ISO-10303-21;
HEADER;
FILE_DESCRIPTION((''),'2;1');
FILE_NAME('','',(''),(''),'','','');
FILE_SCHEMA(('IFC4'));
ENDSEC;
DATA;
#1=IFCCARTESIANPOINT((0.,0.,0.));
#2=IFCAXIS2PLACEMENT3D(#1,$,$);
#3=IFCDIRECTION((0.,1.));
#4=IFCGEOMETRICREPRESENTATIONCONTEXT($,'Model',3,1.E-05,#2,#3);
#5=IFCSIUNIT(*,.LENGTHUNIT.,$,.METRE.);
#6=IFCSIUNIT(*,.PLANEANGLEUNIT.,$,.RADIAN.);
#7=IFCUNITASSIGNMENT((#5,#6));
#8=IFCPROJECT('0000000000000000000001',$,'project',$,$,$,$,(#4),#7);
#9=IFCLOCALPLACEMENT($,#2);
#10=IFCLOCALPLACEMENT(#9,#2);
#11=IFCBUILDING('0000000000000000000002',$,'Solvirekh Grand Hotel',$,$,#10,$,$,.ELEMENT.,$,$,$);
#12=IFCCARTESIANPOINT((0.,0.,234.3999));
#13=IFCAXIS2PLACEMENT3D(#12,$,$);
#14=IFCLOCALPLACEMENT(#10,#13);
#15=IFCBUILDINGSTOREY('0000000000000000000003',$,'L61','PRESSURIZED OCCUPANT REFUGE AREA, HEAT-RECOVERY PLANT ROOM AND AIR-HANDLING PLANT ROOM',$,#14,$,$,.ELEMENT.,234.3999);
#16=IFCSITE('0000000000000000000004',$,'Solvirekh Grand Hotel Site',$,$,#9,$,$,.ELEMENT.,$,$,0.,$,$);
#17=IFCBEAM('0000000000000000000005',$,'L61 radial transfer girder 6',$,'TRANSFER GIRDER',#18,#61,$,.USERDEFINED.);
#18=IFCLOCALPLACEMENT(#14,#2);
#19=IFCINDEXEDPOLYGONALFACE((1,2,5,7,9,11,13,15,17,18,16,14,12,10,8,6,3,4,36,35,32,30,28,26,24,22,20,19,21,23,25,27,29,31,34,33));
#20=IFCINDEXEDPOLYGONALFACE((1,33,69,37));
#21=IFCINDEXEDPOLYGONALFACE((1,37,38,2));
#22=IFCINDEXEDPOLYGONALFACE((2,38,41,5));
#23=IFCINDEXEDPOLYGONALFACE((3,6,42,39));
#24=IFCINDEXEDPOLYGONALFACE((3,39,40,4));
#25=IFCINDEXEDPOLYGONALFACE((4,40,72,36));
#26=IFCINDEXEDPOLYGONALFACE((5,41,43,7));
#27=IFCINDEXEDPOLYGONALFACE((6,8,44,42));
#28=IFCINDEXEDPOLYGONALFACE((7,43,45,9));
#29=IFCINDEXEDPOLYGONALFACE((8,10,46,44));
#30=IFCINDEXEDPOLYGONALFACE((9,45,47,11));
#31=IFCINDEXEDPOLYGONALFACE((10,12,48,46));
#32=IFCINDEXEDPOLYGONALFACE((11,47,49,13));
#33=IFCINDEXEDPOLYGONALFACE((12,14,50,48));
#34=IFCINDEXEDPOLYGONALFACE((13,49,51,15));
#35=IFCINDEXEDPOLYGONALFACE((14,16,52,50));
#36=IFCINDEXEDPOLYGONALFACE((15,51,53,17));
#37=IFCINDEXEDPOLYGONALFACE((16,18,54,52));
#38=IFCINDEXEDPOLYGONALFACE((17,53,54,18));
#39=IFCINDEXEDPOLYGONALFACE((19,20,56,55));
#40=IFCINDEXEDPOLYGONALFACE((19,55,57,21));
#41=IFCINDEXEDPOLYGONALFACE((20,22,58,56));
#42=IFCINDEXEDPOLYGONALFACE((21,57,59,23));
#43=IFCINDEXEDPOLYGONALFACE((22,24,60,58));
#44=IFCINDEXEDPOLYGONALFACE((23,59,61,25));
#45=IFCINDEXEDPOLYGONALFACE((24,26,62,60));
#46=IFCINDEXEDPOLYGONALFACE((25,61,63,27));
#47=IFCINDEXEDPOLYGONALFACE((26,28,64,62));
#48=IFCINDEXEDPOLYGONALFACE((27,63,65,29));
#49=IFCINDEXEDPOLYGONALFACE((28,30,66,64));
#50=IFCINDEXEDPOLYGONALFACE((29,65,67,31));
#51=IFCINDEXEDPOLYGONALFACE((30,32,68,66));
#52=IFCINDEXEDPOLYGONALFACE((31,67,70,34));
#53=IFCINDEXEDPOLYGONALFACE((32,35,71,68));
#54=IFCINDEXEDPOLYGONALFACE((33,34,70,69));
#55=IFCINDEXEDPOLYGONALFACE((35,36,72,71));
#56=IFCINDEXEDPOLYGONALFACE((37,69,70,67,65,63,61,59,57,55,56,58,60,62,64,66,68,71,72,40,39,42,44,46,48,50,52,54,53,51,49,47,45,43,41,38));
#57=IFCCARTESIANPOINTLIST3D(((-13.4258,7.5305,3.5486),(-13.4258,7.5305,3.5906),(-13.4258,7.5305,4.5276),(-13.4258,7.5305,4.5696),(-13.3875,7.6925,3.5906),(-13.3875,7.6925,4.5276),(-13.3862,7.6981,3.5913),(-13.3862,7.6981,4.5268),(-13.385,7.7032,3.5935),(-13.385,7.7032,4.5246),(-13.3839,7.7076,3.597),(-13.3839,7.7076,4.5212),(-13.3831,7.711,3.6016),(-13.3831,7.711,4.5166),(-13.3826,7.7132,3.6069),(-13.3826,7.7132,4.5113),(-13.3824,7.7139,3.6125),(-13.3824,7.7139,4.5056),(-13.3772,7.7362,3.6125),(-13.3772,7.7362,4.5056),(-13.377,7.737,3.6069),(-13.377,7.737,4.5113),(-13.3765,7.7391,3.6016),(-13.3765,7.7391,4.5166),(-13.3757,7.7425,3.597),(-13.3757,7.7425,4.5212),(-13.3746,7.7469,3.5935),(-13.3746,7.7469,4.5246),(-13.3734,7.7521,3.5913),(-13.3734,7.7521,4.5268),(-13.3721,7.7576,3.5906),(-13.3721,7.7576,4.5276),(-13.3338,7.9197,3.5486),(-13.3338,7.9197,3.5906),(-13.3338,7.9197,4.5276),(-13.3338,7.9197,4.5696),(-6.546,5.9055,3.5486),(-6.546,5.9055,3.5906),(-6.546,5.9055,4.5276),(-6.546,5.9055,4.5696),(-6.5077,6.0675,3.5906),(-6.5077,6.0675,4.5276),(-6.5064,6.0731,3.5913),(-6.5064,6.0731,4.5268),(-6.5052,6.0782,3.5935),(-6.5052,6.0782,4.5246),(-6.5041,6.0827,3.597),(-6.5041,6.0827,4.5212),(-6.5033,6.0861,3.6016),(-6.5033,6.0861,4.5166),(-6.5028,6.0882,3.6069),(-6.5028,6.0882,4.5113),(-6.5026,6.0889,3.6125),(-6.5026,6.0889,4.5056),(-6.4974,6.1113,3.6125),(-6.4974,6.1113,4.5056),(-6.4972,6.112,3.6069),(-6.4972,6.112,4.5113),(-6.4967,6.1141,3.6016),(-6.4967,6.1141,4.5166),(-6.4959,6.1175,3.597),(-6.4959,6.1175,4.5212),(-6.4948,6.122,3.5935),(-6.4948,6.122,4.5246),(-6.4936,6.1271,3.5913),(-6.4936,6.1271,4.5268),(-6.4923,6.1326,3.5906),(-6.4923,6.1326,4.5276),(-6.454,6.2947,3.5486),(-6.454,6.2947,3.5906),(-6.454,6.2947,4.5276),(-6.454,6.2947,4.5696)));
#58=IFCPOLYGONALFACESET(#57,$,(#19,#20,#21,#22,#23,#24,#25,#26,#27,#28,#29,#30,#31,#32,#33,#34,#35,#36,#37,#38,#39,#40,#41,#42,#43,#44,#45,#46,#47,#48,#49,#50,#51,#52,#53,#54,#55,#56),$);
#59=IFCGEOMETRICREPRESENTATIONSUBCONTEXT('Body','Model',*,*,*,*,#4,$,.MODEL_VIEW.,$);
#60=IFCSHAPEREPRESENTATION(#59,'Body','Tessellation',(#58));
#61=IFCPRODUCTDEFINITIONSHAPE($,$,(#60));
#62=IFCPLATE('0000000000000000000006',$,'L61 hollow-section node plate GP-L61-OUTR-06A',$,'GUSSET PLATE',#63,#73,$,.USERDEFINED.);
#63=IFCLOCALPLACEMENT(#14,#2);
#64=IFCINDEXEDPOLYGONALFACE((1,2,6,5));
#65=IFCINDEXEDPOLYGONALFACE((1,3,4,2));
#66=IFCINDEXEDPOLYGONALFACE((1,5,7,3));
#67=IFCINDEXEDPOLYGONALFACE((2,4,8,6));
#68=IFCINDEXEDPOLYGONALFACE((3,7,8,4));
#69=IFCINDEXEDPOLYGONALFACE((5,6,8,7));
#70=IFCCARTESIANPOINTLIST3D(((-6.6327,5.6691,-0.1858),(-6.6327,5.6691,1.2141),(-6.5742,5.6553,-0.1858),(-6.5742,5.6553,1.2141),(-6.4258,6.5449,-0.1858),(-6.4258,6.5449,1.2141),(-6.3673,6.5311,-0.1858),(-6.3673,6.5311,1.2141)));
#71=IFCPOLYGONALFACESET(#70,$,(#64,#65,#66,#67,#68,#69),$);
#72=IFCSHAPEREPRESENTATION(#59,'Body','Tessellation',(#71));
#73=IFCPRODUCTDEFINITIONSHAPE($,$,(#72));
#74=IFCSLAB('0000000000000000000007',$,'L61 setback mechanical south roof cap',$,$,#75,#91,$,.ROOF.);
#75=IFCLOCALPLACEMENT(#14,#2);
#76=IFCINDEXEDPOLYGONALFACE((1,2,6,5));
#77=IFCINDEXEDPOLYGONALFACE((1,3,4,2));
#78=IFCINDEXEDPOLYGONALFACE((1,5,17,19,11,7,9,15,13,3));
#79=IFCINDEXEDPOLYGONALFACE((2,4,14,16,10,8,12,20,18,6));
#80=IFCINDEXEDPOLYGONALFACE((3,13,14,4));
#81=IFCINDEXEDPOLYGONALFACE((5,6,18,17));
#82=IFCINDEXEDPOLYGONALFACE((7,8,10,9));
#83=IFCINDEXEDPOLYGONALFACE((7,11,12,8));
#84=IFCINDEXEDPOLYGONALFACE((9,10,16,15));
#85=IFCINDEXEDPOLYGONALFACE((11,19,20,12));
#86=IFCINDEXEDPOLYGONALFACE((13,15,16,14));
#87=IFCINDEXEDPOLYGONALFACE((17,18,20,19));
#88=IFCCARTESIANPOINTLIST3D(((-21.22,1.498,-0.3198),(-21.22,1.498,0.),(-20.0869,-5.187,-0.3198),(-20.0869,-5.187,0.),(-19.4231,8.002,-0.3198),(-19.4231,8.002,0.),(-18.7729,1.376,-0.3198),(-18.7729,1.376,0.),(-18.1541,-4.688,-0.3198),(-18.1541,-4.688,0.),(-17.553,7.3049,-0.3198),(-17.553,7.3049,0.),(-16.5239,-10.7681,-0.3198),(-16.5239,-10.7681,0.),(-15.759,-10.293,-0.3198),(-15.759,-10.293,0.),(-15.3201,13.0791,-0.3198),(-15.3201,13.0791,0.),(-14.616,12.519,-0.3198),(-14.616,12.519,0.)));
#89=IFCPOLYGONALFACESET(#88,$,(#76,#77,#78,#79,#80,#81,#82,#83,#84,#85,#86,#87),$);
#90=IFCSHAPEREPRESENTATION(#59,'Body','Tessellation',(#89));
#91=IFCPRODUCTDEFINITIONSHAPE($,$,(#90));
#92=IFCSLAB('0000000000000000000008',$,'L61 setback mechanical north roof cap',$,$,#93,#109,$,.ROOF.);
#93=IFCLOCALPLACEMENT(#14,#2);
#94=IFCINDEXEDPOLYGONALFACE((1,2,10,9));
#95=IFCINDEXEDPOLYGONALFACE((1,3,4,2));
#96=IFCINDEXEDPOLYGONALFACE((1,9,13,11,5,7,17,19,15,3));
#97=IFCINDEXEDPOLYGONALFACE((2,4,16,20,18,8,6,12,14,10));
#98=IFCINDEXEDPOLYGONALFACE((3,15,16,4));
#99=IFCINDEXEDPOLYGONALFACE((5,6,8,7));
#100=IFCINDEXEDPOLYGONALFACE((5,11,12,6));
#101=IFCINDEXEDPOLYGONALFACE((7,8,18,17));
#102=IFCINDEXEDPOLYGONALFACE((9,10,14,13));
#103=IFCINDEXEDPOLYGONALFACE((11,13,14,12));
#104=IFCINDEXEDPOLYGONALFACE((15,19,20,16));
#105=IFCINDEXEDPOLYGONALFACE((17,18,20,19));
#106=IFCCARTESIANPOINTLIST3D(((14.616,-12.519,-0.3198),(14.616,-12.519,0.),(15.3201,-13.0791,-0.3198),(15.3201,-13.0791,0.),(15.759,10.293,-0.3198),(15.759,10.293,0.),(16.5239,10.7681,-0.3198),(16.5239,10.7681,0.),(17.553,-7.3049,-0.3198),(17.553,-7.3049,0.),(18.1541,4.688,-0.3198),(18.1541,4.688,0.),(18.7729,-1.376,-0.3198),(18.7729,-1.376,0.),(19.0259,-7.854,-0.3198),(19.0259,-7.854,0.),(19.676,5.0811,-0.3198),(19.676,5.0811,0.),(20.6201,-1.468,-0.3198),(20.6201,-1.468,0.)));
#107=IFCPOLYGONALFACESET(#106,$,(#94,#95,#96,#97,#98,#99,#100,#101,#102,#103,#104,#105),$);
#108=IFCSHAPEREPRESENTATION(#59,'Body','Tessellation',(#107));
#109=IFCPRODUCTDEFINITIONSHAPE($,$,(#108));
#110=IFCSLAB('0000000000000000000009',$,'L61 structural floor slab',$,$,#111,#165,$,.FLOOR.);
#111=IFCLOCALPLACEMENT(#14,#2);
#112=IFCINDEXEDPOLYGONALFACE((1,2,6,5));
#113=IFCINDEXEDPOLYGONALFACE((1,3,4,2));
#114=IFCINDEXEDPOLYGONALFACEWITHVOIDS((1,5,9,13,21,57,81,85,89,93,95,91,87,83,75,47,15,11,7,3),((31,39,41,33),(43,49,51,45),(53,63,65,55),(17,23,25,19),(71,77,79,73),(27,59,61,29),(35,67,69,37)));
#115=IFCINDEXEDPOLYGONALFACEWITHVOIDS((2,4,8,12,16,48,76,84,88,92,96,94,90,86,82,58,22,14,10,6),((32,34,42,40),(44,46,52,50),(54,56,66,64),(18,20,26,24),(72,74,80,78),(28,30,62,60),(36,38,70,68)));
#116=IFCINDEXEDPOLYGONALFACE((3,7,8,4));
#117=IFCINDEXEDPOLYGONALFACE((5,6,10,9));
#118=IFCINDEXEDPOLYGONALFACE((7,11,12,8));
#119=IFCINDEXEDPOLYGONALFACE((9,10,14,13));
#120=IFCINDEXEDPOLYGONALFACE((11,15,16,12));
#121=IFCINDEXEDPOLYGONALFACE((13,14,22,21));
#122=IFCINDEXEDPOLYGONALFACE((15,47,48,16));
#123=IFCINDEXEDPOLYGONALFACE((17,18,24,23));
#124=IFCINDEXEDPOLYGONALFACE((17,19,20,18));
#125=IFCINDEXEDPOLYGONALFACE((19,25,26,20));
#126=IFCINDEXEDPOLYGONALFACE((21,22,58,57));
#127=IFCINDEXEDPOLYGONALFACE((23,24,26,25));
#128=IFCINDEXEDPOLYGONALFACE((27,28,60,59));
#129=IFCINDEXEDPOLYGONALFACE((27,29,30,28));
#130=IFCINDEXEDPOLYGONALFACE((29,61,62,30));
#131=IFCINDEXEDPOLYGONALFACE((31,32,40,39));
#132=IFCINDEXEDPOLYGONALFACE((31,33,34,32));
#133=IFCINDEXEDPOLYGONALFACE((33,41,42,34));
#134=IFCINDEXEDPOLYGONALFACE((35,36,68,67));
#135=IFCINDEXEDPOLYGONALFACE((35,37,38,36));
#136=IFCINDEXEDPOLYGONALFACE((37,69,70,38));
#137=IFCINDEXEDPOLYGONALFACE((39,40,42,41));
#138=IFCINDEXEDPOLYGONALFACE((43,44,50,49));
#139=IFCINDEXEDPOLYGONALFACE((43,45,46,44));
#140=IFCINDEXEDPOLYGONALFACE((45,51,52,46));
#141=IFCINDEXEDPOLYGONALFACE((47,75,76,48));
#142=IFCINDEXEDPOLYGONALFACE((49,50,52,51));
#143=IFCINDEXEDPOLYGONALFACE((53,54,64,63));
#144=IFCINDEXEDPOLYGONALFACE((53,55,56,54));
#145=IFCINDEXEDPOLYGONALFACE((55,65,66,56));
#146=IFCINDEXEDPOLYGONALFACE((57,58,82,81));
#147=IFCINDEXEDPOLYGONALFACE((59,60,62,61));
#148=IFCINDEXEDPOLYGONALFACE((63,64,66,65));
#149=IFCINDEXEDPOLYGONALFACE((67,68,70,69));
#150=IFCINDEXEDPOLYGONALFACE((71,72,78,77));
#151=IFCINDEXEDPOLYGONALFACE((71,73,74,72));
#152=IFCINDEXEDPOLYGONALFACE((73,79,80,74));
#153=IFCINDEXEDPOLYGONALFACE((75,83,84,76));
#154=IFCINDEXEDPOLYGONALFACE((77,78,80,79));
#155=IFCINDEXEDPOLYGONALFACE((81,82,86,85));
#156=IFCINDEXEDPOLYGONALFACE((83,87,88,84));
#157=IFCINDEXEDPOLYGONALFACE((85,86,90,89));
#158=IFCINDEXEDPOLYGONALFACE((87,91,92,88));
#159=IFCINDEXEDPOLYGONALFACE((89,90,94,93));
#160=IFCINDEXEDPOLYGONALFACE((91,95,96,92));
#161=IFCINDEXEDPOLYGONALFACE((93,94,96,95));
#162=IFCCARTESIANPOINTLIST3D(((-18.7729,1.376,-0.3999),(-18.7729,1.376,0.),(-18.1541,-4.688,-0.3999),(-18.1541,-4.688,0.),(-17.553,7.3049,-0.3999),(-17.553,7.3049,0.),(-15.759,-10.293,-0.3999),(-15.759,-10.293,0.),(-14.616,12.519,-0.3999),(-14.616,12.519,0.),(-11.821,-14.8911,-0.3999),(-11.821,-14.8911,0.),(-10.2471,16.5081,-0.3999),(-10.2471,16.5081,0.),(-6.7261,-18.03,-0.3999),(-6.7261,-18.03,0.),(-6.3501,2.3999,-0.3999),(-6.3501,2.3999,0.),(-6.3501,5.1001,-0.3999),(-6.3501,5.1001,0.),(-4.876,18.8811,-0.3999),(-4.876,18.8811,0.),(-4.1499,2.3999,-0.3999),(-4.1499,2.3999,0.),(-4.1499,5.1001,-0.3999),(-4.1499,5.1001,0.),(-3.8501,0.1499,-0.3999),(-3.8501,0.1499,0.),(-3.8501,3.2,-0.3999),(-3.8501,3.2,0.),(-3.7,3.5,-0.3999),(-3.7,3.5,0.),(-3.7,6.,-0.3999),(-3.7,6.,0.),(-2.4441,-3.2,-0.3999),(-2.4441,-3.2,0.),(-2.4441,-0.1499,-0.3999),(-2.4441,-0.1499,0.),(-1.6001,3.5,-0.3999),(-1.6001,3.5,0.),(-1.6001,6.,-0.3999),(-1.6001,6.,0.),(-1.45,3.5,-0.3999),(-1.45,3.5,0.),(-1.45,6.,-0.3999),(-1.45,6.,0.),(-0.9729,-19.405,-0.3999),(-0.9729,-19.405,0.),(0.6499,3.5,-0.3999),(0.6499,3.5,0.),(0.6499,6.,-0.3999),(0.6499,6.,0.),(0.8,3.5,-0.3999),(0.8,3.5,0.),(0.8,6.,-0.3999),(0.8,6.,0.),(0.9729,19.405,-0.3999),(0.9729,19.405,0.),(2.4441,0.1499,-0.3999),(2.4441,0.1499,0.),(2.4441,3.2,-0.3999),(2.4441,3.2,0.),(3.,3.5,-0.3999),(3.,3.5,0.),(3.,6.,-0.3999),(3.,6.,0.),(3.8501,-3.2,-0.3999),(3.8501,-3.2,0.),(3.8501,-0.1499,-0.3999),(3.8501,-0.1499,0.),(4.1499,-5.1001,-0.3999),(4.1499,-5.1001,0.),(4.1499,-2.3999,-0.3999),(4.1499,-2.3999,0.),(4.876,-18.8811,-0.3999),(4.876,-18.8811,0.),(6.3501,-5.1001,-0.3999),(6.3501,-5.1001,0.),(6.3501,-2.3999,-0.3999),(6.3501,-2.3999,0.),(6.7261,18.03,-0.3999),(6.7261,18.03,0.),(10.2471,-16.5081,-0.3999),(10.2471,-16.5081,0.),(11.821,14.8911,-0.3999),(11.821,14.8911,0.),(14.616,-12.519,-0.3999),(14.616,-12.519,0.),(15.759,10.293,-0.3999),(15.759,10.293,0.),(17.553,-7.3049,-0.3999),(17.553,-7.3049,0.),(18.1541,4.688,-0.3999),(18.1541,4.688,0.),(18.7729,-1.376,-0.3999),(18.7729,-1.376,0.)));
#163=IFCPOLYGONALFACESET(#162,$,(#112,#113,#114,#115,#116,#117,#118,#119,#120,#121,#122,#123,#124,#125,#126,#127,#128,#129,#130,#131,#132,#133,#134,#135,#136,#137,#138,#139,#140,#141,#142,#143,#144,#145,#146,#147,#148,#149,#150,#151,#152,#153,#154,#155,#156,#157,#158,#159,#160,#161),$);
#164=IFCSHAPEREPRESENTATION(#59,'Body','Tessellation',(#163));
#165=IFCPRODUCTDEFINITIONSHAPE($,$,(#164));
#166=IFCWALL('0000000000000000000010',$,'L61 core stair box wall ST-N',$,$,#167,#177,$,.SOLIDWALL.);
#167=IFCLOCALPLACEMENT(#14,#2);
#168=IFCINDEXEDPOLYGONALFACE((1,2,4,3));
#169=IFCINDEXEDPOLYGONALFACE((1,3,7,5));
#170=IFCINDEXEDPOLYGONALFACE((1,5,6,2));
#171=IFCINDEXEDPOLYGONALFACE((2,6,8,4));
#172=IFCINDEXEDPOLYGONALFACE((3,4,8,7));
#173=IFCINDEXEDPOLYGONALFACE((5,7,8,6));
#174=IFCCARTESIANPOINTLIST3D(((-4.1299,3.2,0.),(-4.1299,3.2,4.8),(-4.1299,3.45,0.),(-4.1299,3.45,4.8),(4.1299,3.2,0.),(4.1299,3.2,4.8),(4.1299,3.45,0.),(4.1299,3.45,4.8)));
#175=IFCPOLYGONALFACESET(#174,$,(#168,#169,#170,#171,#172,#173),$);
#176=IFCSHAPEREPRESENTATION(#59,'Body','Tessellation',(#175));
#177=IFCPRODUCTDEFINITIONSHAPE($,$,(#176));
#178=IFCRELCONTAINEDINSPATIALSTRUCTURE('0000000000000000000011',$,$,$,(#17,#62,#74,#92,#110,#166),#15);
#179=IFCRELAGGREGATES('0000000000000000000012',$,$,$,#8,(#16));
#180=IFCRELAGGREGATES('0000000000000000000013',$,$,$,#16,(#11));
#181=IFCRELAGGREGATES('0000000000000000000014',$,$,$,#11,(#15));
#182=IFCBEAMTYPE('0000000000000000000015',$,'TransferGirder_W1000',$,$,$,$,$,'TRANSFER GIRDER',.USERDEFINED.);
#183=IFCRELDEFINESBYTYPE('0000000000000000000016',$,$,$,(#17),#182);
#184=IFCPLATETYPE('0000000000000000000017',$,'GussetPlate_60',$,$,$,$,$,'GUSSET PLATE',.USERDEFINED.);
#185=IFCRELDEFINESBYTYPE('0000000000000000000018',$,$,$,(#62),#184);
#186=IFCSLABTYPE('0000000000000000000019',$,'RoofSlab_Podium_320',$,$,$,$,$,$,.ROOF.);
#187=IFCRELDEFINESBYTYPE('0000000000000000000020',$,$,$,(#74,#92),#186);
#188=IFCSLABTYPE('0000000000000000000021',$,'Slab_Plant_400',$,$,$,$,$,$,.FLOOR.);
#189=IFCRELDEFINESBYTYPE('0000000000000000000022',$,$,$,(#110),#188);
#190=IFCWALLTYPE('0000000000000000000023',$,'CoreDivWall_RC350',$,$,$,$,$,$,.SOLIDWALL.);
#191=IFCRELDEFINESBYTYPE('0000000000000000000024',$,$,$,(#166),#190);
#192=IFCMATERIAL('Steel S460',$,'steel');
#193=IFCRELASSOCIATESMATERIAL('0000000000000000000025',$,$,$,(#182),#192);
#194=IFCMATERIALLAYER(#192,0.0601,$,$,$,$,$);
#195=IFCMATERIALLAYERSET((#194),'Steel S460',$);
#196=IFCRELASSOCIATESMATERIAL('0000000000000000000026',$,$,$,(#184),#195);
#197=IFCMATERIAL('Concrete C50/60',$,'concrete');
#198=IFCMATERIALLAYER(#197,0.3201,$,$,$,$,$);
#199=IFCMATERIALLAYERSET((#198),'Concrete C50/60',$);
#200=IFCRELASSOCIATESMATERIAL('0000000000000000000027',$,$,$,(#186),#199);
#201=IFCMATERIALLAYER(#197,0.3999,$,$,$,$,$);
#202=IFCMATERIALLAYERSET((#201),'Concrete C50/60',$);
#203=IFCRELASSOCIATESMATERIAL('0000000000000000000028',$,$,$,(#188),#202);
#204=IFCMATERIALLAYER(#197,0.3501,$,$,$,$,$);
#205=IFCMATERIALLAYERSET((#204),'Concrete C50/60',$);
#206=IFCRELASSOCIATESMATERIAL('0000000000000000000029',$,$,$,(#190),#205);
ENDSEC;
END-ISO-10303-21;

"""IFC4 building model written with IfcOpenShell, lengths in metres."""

from ifc_helpers import new_model, si_unit, direction, frame, frame_2d, origin, origin_2d, place, context, subcontext, project, spatial, polyline, rectangle, i_section, outline, extrude, material, layer, layer_set, material_profile, profile_set, type_object, element, save


model = new_model("IFC4")

# Units and contexts
model_context = context("Model", 3, precision=1e-05, world=origin(), true_north=direction((0.0, 1.0)))
body_context = subcontext(model_context, "Body", "Model", "MODEL_VIEW")
ifc_project = project(units=[si_unit("LENGTHUNIT", "METRE"), si_unit("PLANEANGLEUNIT", "RADIAN")], contexts=[model_context])

# Site, building, storey
site_placement = place(None, origin())
site = spatial("IfcSite", under=ifc_project, at=site_placement, Name="Solvirekh Grand Hotel Site", CompositionType="ELEMENT", RefElevation=0.0)
building_placement = place(site_placement, origin())
building = spatial("IfcBuilding", under=site, at=building_placement, Name="Solvirekh Grand Hotel", CompositionType="ELEMENT")
storey_placement = place(building_placement, frame((0.0, 0.0, 234.3999)))
storey = spatial("IfcBuildingStorey", under=building, at=storey_placement, Name="L61", Description="PRESSURIZED OCCUPANT REFUGE AREA, HEAT-RECOVERY PLANT ROOM AND AIR-HANDLING PLANT ROOM", CompositionType="ELEMENT", Elevation=234.3999)

# Shared definitions
ifc_material_1 = material(Name="Concrete C50/60", Category="concrete")

# Shared definitions
ifc_material_2 = material(Name="Steel S460", Category="steel")

# Beam
ifc_material_profile_1 = material_profile(ifc_material_2, i_section(OverallWidth=0.3999, OverallDepth=1.021, WebThickness=0.0229, FlangeThickness=0.042, FilletRadius=0.022, at=origin_2d()), Name="W1000X412")
ifc_profile_set_1 = profile_set([ifc_material_profile_1], Name="Steel S460")
beam_type_1 = type_object("IfcBeamType", Name="TransferGirder_W1000", ElementType="TRANSFER GIRDER", PredefinedType="USERDEFINED", material=ifc_profile_set_1)
beam_1_placement = place(storey_placement, frame((-6.5, 6.1001, 4.0591), z_axis=(-0.973221, 0.229871, 0.0), x_axis=(-0.229871, -0.973221, 0.0)))
element("IfcBeam", 1, at=beam_1_placement, inside=storey, type_object=beam_type_1, Name="L61 radial transfer girder 6", ObjectType="TRANSFER GIRDER", PredefinedType="USERDEFINED", context=body_context, shape_type="SweptSolid", body=[
    extrude(i_section(OverallWidth=0.3999, OverallDepth=1.021, WebThickness=0.0229, FlangeThickness=0.042, FilletRadius=0.022, at=origin_2d()), origin(), (0.0, 0.0, 1.0), 7.0691),
])

# Plate
ifc_layer_1 = layer(ifc_material_2, 0.0601)
ifc_layer_set_1 = layer_set([ifc_layer_1], Name="Steel S460")
plate_type = type_object("IfcPlateType", Name="GussetPlate_60", ElementType="GUSSET PLATE", PredefinedType="USERDEFINED", material=ifc_layer_set_1)
plate_placement = place(storey_placement, frame((-6.5, 6.1001, -0.1858), z_axis=(0.0, 0.0, 1.0), x_axis=(-0.973219, 0.22988, 0.0)))
element("IfcPlate", 2, at=plate_placement, inside=storey, type_object=plate_type, Name="L61 hollow-section node plate GP-L61-OUTR-06A", ObjectType="GUSSET PLATE", PredefinedType="USERDEFINED", context=body_context, shape_type="SweptSolid", body=[
    extrude(rectangle(XDim=0.0601, YDim=0.8999, at=origin_2d()), origin(), (0.0, 0.0, 1.0), 1.3999),
])

# Slabs
ifc_layer_2 = layer(ifc_material_1, 0.3201)
ifc_layer_set_2 = layer_set([ifc_layer_2], Name="Concrete C50/60")
slab_type_1 = type_object("IfcSlabType", Name="RoofSlab_Podium_320", PredefinedType="ROOF", material=ifc_layer_set_2)
slab_1_placement = place(storey_placement, frame((0.0, 0.0, -0.3198)))
element("IfcSlab", 3, at=slab_1_placement, inside=storey, type_object=slab_type_1, Name="L61 setback mechanical south roof cap", PredefinedType="ROOF", context=body_context, shape_type="SweptSolid", body=[
    extrude(outline(polyline([(-15.3201, 13.0791), (-19.4231, 8.002), (-21.22, 1.498), (-20.0869, -5.187), (-16.5239, -10.7681), (-15.759, -10.293), (-18.1541, -4.688), (-18.7729, 1.376), (-17.553, 7.3049), (-14.616, 12.519), (-15.3201, 13.0791)])), origin(), (0.0, 0.0, 1.0), 0.3198),
])
slab_2_placement = place(storey_placement, frame((0.0, 0.0, -0.3198)))
element("IfcSlab", 4, at=slab_2_placement, inside=storey, type_object=slab_type_1, Name="L61 setback mechanical north roof cap", PredefinedType="ROOF", context=body_context, shape_type="SweptSolid", body=[
    extrude(outline(polyline([(15.3201, -13.0791), (19.0259, -7.854), (20.6201, -1.468), (19.676, 5.0811), (16.5239, 10.7681), (15.759, 10.293), (18.1541, 4.688), (18.7729, -1.376), (17.553, -7.3049), (14.616, -12.519), (15.3201, -13.0791)])), origin(), (0.0, 0.0, 1.0), 0.3198),
])
ifc_layer_3 = layer(ifc_material_1, 0.3999)
ifc_layer_set_3 = layer_set([ifc_layer_3], Name="Concrete C50/60")
slab_type_2 = type_object("IfcSlabType", Name="Slab_Plant_400", PredefinedType="FLOOR", material=ifc_layer_set_3)
slab_3_placement = place(storey_placement, frame((0.0, 0.0, -0.3999)))
element("IfcSlab", 5, at=slab_3_placement, inside=storey, type_object=slab_type_2, Name="L61 structural floor slab", PredefinedType="FLOOR", context=body_context, shape_type="SweptSolid", body=[
    extrude(outline(polyline([(4.876, -18.8811), (10.2471, -16.5081), (14.616, -12.519), (17.553, -7.3049), (18.7729, -1.376), (18.1541, 4.688), (15.759, 10.293), (11.821, 14.8911), (6.7261, 18.03), (0.9729, 19.405), (-4.876, 18.8811), (-10.2471, 16.5081), (-14.616, 12.519), (-17.553, 7.3049), (-18.7729, 1.376), (-18.1541, -4.688), (-15.759, -10.293), (-11.821, -14.8911), (-6.7261, -18.03), (-0.9729, -19.405), (4.876, -18.8811)]), holes=[polyline([(-2.4441, -0.1499), (3.8501, -0.1499), (3.8501, -3.2), (-2.4441, -3.2), (-2.4441, -0.1499)]), polyline([(2.4441, 0.1499), (-3.8501, 0.1499), (-3.8501, 3.2), (2.4441, 3.2), (2.4441, 0.1499)]), polyline([(-3.7, 6.0), (-1.6001, 6.0), (-1.6001, 3.5), (-3.7, 3.5), (-3.7, 6.0)]), polyline([(-1.45, 6.0), (0.6499, 6.0), (0.6499, 3.5), (-1.45, 3.5), (-1.45, 6.0)]), polyline([(0.8, 6.0), (3.0, 6.0), (3.0, 3.5), (0.8, 3.5), (0.8, 6.0)]), polyline([(-6.3501, 5.1001), (-4.1499, 5.1001), (-4.1499, 2.3999), (-6.3501, 2.3999), (-6.3501, 5.1001)]), polyline([(4.1499, -2.3999), (6.3501, -2.3999), (6.3501, -5.1001), (4.1499, -5.1001), (4.1499, -2.3999)])]), origin(), (0.0, 0.0, 1.0), 0.3999),
])

# Wall
ifc_layer_4 = layer(ifc_material_1, 0.3501)
ifc_layer_set_4 = layer_set([ifc_layer_4], Name="Concrete C50/60")
wall_type_1 = type_object("IfcWallType", Name="CoreDivWall_RC350", PredefinedType="SOLIDWALL", material=ifc_layer_set_4)
wall_1_placement = place(storey_placement, frame((-4.1299, 3.325, 0.0), z_axis=(0.0, 0.0, 1.0), x_axis=(1.0, 0.0, 0.0)))
element("IfcWall", 6, at=wall_1_placement, inside=storey, type_object=wall_type_1, Name="L61 core stair box wall ST-N", PredefinedType="SOLIDWALL", context=body_context, shape_type="SweptSolid", body=[
    extrude(rectangle(XDim=8.2598, YDim=0.25, at=frame_2d((4.1299, 0.0))), origin(), (0.0, 0.0, 1.0), 4.8),
])

save(model, "model.ifc")
